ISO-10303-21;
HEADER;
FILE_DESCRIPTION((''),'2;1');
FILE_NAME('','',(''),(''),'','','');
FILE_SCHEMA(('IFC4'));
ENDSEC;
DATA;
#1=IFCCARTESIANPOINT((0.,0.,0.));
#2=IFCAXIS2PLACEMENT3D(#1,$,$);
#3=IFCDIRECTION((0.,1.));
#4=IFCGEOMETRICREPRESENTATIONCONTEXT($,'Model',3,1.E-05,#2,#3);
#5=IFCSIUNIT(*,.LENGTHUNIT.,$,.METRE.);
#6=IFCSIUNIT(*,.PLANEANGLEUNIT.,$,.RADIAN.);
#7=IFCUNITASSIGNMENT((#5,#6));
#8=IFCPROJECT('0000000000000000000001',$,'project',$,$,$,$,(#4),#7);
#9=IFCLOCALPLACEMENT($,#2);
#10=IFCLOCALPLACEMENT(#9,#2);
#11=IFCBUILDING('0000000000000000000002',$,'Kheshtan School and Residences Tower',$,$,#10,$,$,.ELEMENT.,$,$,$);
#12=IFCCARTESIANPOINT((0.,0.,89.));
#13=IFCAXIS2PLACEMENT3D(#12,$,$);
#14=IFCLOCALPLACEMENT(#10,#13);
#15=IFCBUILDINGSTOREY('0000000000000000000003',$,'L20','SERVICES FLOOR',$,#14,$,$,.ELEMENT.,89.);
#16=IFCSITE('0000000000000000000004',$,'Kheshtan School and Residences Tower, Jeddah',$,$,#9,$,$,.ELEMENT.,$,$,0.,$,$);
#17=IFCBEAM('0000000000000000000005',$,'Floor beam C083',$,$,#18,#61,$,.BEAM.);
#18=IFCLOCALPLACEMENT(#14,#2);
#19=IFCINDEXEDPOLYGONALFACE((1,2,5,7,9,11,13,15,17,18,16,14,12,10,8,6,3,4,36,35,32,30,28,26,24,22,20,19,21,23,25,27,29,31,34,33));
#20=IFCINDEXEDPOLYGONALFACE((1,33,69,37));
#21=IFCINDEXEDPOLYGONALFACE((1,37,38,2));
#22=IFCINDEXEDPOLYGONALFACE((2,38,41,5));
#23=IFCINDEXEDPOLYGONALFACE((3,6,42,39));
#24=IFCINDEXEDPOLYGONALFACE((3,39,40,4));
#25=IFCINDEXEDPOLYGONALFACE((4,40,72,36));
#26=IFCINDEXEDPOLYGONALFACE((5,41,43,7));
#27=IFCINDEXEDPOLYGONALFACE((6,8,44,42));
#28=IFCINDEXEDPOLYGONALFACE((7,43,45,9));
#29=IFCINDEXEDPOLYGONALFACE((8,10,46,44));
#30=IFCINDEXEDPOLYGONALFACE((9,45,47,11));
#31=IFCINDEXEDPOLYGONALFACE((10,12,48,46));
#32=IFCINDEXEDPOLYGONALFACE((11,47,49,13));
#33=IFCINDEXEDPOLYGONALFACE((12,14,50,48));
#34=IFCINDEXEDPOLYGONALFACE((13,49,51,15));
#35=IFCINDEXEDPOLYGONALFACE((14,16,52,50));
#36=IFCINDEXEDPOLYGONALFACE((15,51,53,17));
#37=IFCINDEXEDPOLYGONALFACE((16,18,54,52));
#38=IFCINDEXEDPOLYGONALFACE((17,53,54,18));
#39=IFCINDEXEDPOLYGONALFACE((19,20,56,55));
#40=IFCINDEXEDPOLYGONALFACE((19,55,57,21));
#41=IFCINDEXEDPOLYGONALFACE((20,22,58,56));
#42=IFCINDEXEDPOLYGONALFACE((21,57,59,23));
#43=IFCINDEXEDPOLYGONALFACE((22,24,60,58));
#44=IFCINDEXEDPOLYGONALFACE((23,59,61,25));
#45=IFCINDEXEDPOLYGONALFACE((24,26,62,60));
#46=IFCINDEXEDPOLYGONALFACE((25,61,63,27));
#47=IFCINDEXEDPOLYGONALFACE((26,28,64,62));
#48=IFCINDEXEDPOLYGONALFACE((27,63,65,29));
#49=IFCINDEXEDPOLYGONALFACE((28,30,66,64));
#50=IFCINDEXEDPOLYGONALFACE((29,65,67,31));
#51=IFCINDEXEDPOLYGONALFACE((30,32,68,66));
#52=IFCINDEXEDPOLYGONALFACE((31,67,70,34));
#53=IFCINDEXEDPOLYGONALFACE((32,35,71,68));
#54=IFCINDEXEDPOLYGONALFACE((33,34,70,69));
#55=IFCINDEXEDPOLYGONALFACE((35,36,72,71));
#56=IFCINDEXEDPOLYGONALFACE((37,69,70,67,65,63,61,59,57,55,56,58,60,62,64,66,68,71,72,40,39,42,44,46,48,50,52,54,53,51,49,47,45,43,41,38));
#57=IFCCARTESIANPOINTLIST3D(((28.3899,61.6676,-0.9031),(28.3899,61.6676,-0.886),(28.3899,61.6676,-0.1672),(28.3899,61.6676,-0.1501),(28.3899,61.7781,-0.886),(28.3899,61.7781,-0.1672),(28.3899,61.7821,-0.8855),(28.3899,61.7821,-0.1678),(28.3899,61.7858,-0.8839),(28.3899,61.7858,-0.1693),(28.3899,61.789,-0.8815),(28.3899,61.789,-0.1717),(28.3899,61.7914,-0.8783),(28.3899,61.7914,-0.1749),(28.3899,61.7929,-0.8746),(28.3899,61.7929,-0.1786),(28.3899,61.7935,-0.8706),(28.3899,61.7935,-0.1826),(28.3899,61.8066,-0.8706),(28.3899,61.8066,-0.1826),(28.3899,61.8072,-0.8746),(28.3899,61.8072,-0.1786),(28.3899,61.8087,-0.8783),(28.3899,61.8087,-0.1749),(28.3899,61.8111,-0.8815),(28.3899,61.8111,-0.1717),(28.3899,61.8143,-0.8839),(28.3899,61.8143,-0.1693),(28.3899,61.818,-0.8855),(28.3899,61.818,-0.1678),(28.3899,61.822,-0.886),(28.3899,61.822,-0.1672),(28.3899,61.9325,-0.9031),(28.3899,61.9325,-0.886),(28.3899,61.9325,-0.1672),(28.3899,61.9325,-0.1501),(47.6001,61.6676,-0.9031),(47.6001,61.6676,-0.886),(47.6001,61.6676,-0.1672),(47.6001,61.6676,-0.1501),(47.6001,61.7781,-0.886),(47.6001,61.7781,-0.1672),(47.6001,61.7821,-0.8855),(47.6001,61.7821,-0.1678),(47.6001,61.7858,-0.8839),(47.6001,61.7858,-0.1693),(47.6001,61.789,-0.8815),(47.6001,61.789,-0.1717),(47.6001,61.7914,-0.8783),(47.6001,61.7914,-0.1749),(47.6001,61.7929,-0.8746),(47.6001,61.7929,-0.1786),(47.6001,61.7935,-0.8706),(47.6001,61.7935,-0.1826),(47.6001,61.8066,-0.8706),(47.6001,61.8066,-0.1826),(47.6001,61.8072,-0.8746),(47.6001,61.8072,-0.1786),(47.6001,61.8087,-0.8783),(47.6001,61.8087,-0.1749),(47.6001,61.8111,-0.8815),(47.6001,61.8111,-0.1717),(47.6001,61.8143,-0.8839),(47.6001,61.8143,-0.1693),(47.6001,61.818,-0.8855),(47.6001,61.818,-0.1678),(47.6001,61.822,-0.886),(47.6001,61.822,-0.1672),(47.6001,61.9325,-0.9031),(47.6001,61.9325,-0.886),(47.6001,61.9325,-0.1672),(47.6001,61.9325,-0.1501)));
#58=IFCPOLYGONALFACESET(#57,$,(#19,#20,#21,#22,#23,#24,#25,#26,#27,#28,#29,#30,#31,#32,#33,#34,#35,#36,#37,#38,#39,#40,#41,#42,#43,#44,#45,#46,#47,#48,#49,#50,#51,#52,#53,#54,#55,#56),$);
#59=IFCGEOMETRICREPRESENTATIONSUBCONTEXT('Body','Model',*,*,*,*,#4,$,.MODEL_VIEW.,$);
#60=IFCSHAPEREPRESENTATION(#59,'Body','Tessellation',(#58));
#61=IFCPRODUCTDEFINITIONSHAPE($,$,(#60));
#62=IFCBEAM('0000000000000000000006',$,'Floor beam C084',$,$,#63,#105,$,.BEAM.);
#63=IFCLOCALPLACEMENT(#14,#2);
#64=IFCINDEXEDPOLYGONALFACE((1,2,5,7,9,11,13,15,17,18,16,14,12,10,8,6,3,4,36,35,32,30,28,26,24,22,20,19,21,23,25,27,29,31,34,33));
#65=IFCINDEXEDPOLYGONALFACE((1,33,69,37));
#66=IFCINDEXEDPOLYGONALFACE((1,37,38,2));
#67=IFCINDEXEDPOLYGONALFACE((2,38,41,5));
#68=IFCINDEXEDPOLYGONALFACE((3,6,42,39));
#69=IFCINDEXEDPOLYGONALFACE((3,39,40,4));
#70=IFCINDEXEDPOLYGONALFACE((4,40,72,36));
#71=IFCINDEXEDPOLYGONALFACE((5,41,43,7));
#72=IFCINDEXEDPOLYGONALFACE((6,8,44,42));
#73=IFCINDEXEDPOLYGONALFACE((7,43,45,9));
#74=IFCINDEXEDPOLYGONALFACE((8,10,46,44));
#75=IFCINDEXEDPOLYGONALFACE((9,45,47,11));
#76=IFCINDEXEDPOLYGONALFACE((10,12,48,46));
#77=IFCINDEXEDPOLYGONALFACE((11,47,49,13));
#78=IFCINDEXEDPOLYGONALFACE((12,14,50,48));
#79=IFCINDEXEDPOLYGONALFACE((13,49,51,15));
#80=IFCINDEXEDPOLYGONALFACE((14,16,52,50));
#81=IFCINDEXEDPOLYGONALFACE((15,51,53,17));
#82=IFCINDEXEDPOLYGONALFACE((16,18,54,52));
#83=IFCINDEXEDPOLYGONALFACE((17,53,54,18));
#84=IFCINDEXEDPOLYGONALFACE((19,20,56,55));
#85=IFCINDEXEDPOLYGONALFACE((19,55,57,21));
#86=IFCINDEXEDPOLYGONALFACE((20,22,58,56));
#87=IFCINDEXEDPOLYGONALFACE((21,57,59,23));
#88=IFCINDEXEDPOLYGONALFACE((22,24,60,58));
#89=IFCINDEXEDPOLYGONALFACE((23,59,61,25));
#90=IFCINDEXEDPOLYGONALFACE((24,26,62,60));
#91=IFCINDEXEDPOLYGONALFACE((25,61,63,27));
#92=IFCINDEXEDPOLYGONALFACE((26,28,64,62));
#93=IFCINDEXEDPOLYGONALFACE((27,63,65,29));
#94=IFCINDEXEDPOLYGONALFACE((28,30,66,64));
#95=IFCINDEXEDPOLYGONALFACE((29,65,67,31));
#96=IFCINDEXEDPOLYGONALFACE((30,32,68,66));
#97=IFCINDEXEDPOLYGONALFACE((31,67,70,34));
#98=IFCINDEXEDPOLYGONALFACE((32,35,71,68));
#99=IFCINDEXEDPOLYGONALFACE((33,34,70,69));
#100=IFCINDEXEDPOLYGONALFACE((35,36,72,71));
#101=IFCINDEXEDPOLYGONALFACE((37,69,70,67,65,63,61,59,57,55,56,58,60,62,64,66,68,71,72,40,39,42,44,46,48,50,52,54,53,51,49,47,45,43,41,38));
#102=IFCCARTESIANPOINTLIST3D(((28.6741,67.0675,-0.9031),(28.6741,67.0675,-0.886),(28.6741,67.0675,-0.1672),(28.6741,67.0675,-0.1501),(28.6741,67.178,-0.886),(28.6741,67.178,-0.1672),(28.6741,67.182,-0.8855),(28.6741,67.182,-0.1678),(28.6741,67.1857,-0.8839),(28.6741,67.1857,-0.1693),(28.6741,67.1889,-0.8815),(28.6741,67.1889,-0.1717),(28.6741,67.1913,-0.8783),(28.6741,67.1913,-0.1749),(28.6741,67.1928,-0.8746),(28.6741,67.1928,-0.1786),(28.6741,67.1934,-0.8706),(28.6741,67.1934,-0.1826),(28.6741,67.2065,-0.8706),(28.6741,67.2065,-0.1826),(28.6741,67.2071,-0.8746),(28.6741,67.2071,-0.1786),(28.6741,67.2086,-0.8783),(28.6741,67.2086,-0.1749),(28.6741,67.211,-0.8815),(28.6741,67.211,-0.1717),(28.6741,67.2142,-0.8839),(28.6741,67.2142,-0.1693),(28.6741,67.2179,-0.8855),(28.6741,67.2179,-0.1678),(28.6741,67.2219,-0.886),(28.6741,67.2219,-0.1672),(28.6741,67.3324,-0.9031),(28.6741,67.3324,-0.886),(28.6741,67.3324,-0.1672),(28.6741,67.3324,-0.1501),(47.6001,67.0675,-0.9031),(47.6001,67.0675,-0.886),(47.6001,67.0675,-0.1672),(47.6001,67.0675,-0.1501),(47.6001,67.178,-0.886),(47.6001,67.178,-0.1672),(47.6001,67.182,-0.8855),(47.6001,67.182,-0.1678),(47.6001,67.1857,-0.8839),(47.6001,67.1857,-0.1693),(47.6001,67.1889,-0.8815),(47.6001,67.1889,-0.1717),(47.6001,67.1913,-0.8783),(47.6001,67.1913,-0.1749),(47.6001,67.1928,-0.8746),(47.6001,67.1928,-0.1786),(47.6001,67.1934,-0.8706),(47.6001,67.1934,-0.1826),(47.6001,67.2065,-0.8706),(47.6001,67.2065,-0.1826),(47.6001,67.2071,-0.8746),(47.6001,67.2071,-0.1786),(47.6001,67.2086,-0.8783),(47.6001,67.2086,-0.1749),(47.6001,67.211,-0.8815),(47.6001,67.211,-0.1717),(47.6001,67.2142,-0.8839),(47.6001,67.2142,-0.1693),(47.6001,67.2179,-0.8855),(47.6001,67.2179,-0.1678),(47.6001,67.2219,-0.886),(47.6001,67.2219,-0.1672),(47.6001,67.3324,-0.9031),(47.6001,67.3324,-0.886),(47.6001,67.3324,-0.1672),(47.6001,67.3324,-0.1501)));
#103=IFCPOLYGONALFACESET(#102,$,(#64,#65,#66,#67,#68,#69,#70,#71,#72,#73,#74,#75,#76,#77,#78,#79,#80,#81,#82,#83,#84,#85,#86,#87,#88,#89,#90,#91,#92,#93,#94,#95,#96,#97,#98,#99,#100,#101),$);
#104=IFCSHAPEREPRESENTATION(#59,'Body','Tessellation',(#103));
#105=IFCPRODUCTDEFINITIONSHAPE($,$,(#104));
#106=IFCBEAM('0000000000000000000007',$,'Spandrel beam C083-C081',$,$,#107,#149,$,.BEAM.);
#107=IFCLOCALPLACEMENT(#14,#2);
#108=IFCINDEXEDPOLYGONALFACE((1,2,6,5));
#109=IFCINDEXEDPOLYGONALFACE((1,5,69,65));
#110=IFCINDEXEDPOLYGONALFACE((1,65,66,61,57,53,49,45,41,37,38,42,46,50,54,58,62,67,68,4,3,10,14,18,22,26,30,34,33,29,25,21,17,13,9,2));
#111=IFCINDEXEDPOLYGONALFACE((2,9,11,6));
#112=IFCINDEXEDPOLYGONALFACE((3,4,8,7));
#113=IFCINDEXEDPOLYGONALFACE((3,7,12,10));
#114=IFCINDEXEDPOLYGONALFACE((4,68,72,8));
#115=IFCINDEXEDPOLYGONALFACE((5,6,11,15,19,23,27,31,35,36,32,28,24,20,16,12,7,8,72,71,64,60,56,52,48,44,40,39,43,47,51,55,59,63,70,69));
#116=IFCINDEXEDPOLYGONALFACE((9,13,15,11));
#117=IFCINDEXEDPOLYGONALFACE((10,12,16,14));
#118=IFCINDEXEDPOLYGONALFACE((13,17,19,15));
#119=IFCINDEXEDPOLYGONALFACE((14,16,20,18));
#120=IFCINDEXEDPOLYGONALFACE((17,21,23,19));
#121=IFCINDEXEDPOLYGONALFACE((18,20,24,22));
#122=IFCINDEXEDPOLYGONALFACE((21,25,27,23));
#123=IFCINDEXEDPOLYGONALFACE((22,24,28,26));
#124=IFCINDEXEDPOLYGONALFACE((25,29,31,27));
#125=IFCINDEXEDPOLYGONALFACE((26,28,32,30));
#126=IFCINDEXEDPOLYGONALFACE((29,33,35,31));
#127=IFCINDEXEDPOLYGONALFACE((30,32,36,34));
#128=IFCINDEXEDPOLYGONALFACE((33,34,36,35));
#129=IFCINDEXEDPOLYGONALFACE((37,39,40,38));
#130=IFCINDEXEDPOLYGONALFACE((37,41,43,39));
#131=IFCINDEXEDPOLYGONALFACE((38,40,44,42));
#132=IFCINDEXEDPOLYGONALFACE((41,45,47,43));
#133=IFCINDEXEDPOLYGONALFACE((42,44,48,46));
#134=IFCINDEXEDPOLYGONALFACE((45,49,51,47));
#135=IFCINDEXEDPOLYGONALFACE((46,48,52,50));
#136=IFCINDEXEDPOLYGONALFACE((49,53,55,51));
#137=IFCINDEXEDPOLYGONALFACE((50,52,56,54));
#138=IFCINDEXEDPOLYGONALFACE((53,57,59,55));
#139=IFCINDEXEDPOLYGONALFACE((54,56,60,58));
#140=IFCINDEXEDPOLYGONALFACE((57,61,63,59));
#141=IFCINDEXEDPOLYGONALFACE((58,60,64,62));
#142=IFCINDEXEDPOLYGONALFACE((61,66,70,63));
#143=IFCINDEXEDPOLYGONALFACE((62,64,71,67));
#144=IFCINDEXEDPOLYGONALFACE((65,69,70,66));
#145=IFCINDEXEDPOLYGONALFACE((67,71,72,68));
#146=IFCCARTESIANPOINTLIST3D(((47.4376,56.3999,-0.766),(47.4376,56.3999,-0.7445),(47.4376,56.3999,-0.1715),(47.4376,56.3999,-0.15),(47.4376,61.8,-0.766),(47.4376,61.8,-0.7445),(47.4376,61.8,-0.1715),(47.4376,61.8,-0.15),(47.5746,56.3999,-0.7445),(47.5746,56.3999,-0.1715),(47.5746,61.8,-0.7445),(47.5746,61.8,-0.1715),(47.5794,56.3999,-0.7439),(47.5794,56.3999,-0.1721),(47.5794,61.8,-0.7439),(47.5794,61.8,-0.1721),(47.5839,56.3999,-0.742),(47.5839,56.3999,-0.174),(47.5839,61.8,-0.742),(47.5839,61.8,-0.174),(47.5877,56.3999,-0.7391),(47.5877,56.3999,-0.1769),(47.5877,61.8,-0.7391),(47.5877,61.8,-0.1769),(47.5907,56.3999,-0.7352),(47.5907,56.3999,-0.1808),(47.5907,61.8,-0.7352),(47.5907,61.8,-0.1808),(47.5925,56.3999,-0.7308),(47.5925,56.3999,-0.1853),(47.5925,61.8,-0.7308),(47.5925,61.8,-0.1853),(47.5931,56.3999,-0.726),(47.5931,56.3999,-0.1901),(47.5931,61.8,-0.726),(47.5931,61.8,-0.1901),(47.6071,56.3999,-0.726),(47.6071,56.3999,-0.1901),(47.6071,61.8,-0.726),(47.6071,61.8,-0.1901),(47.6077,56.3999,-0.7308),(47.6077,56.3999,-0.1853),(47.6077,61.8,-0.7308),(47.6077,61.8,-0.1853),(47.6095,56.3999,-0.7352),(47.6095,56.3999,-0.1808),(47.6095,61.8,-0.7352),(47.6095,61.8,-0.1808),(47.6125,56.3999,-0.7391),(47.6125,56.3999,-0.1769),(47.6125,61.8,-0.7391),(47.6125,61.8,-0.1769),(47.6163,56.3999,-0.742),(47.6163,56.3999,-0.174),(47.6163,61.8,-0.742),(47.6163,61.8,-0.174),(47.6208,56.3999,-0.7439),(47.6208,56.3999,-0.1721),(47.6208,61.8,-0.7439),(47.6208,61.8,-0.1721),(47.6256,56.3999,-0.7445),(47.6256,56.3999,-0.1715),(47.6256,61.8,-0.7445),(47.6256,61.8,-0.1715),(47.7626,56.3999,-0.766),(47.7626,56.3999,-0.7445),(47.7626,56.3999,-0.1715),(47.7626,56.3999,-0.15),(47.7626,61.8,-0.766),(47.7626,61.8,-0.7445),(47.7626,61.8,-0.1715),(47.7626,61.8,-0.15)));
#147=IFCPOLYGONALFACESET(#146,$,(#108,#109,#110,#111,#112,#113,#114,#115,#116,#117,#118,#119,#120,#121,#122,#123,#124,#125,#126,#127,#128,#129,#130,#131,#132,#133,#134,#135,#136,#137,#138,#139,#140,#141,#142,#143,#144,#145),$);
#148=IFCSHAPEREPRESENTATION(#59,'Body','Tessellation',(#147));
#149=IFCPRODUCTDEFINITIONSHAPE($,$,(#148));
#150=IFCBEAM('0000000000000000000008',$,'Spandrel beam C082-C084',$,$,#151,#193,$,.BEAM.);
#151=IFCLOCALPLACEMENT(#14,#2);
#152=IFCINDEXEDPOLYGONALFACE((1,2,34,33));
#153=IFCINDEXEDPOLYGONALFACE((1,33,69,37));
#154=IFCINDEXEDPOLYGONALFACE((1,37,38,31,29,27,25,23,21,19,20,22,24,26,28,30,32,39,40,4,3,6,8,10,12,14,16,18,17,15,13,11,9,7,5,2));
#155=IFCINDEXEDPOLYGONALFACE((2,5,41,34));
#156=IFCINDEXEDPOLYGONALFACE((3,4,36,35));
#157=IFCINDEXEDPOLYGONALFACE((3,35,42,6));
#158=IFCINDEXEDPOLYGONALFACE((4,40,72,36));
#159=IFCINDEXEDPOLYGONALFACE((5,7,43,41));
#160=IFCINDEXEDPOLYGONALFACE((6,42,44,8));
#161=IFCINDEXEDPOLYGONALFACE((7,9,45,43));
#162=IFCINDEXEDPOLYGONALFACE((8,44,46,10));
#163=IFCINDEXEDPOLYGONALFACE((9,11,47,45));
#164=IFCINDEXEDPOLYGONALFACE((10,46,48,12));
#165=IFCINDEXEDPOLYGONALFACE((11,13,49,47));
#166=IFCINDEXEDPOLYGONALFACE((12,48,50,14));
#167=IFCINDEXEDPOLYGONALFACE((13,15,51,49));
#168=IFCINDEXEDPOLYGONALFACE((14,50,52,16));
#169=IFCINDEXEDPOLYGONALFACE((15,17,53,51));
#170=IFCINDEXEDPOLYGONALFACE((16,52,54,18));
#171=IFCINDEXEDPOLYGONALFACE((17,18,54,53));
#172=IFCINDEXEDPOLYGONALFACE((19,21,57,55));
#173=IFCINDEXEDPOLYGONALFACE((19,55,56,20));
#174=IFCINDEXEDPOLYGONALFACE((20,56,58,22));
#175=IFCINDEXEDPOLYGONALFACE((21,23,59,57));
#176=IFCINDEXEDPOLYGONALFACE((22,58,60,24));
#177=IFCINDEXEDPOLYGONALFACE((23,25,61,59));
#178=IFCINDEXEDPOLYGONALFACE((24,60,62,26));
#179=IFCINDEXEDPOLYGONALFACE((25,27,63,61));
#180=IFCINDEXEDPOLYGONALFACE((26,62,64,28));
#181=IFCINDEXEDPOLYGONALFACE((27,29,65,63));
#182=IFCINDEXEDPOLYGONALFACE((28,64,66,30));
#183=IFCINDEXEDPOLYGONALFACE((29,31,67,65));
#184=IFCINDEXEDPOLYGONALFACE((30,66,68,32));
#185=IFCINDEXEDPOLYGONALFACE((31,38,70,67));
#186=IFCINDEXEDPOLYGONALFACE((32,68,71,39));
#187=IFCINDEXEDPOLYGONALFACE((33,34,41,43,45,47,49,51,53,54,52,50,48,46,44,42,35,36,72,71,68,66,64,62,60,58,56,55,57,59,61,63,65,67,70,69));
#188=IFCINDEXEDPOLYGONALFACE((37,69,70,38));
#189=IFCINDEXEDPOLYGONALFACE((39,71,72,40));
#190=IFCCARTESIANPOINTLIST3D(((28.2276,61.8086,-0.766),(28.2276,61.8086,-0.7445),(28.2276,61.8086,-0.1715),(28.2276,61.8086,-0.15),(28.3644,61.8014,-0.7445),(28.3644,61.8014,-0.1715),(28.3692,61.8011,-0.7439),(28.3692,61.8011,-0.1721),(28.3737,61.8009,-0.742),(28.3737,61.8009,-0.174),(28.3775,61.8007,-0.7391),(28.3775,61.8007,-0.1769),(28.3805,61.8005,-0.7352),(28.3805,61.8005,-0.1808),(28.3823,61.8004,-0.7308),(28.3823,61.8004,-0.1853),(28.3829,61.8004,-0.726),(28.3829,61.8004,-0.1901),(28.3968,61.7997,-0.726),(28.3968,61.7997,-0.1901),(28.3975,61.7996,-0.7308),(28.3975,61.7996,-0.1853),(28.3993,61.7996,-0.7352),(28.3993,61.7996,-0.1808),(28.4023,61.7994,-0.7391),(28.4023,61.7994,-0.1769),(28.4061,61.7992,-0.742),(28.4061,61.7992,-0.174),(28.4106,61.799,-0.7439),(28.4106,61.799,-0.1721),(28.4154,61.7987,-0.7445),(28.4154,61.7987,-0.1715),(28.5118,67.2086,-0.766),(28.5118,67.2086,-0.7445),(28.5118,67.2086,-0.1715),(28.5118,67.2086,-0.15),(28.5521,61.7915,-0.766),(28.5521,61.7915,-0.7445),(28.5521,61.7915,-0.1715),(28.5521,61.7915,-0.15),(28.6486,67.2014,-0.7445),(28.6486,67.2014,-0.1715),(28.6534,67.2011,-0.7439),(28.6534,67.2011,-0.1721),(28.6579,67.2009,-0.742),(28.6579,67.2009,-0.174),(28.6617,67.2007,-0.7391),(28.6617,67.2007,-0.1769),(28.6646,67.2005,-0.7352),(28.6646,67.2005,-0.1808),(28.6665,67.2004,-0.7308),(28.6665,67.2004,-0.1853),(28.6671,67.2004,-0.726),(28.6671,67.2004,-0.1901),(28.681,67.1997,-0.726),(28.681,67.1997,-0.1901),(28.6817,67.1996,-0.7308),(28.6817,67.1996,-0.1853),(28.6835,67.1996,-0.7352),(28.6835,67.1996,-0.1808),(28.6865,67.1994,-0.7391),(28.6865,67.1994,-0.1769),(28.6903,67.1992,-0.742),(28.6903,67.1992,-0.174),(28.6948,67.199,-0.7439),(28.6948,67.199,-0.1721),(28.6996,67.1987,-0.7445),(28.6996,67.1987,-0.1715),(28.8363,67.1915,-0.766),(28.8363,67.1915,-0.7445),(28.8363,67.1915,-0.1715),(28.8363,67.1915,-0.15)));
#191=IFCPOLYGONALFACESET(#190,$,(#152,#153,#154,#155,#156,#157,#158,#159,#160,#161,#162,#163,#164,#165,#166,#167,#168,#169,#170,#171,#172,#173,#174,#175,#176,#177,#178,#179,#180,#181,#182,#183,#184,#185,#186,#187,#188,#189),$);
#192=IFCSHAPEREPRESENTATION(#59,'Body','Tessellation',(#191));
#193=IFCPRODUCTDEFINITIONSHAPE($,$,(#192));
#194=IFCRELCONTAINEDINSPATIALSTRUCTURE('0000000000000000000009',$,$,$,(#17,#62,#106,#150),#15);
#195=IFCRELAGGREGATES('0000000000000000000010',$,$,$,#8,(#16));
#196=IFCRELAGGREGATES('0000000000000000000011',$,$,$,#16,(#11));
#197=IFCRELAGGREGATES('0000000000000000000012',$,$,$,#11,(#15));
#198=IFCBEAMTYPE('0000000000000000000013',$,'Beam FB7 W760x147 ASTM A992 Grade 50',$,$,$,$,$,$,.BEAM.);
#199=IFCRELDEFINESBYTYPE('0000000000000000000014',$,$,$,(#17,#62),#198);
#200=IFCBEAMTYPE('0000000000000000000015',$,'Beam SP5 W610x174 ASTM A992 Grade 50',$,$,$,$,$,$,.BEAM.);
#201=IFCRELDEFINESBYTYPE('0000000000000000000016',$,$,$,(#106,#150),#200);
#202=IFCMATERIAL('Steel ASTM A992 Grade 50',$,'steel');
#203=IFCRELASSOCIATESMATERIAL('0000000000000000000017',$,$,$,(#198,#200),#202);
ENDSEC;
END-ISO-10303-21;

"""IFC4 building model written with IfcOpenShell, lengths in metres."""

from ifc_helpers import new_model, si_unit, direction, frame, origin, origin_2d, place, context, subcontext, project, spatial, i_section, extrude, material, material_profile, profile_set, type_object, element, save


model = new_model("IFC4")

# Units and contexts
model_context = context("Model", 3, precision=1e-05, world=origin(), true_north=direction((0.0, 1.0)))
body_context = subcontext(model_context, "Body", "Model", "MODEL_VIEW")
ifc_project = project(units=[si_unit("LENGTHUNIT", "METRE"), si_unit("PLANEANGLEUNIT", "RADIAN")], contexts=[model_context])

# Site, building, storey
site_placement = place(None, origin())
site = spatial("IfcSite", under=ifc_project, at=site_placement, Name="Kheshtan School and Residences Tower, Jeddah", CompositionType="ELEMENT", RefElevation=0.0)
building_placement = place(site_placement, origin())
building = spatial("IfcBuilding", under=site, at=building_placement, Name="Kheshtan School and Residences Tower", CompositionType="ELEMENT")
storey_placement = place(building_placement, frame((0.0, 0.0, 89.0)))
storey = spatial("IfcBuildingStorey", under=building, at=storey_placement, Name="L20", Description="SERVICES FLOOR", CompositionType="ELEMENT", Elevation=89.0)

# Shared definitions
ifc_material_1 = material(Name="Steel ASTM A992 Grade 50", Category="steel")

# Beams
ifc_material_profile_1 = material_profile(ifc_material_1, i_section(OverallWidth=0.2649, OverallDepth=0.7529, WebThickness=0.0132, FlangeThickness=0.0171, FilletRadius=0.0154, at=origin_2d()), Name="W760x147")
ifc_profile_set_1 = profile_set([ifc_material_profile_1], Name="Steel ASTM A992 Grade 50")
beam_type_1 = type_object("IfcBeamType", Name="Beam FB7 W760x147 ASTM A992 Grade 50", PredefinedType="BEAM", material=ifc_profile_set_1)
beam_1_placement = place(storey_placement, frame((47.6001, 61.8, -0.5266), z_axis=(-1.0, 0.0, 0.0), x_axis=(0.0, -1.0, 0.0)))
element("IfcBeam", 1, at=beam_1_placement, inside=storey, type_object=beam_type_1, Name="Floor beam C083", PredefinedType="BEAM", context=body_context, shape_type="SweptSolid", body=[
    extrude(i_section(OverallWidth=0.2649, OverallDepth=0.7529, WebThickness=0.0132, FlangeThickness=0.0171, FilletRadius=0.0154, at=origin_2d()), origin(), (0.0, 0.0, 1.0), 19.2102),
])
beam_2_placement = place(storey_placement, frame((28.6741, 67.2, -0.5266), z_axis=(1.0, 0.0, 0.0), x_axis=(0.0, 1.0, 0.0)))
element("IfcBeam", 2, at=beam_2_placement, inside=storey, type_object=beam_type_1, Name="Floor beam C084", PredefinedType="BEAM", context=body_context, shape_type="SweptSolid", body=[
    extrude(i_section(OverallWidth=0.2649, OverallDepth=0.7529, WebThickness=0.0132, FlangeThickness=0.0171, FilletRadius=0.0154, at=origin_2d()), origin(), (0.0, 0.0, 1.0), 18.926),
])
ifc_material_profile_2 = material_profile(ifc_material_1, i_section(OverallWidth=0.325, OverallDepth=0.616, WebThickness=0.0139, FlangeThickness=0.0215, FilletRadius=0.0186, at=origin_2d()), Name="W610x174")
ifc_profile_set_2 = profile_set([ifc_material_profile_2], Name="Steel ASTM A992 Grade 50")
beam_type_2 = type_object("IfcBeamType", Name="Beam SP5 W610x174 ASTM A992 Grade 50", PredefinedType="BEAM", material=ifc_profile_set_2)
beam_3_placement = place(storey_placement, frame((47.6001, 61.8, -0.458), z_axis=(0.0, -1.0, 0.0), x_axis=(1.0, 0.0, 0.0)))
element("IfcBeam", 3, at=beam_3_placement, inside=storey, type_object=beam_type_2, Name="Spandrel beam C083-C081", PredefinedType="BEAM", context=body_context, shape_type="SweptSolid", body=[
    extrude(i_section(OverallWidth=0.325, OverallDepth=0.616, WebThickness=0.0139, FlangeThickness=0.0215, FilletRadius=0.0186, at=origin_2d()), origin(), (0.0, 0.0, 1.0), 5.4001),
])
beam_4_placement = place(storey_placement, frame((28.3899, 61.8, -0.458), z_axis=(0.052554, 0.998618, 0.0), x_axis=(-0.998618, 0.052554, 0.0)))
element("IfcBeam", 4, at=beam_4_placement, inside=storey, type_object=beam_type_2, Name="Spandrel beam C082-C084", PredefinedType="BEAM", context=body_context, shape_type="SweptSolid", body=[
    extrude(i_section(OverallWidth=0.325, OverallDepth=0.616, WebThickness=0.0139, FlangeThickness=0.0215, FilletRadius=0.0186, at=origin_2d()), origin(), (0.0, 0.0, 1.0), 5.4075),
])

save(model, "model.ifc")
